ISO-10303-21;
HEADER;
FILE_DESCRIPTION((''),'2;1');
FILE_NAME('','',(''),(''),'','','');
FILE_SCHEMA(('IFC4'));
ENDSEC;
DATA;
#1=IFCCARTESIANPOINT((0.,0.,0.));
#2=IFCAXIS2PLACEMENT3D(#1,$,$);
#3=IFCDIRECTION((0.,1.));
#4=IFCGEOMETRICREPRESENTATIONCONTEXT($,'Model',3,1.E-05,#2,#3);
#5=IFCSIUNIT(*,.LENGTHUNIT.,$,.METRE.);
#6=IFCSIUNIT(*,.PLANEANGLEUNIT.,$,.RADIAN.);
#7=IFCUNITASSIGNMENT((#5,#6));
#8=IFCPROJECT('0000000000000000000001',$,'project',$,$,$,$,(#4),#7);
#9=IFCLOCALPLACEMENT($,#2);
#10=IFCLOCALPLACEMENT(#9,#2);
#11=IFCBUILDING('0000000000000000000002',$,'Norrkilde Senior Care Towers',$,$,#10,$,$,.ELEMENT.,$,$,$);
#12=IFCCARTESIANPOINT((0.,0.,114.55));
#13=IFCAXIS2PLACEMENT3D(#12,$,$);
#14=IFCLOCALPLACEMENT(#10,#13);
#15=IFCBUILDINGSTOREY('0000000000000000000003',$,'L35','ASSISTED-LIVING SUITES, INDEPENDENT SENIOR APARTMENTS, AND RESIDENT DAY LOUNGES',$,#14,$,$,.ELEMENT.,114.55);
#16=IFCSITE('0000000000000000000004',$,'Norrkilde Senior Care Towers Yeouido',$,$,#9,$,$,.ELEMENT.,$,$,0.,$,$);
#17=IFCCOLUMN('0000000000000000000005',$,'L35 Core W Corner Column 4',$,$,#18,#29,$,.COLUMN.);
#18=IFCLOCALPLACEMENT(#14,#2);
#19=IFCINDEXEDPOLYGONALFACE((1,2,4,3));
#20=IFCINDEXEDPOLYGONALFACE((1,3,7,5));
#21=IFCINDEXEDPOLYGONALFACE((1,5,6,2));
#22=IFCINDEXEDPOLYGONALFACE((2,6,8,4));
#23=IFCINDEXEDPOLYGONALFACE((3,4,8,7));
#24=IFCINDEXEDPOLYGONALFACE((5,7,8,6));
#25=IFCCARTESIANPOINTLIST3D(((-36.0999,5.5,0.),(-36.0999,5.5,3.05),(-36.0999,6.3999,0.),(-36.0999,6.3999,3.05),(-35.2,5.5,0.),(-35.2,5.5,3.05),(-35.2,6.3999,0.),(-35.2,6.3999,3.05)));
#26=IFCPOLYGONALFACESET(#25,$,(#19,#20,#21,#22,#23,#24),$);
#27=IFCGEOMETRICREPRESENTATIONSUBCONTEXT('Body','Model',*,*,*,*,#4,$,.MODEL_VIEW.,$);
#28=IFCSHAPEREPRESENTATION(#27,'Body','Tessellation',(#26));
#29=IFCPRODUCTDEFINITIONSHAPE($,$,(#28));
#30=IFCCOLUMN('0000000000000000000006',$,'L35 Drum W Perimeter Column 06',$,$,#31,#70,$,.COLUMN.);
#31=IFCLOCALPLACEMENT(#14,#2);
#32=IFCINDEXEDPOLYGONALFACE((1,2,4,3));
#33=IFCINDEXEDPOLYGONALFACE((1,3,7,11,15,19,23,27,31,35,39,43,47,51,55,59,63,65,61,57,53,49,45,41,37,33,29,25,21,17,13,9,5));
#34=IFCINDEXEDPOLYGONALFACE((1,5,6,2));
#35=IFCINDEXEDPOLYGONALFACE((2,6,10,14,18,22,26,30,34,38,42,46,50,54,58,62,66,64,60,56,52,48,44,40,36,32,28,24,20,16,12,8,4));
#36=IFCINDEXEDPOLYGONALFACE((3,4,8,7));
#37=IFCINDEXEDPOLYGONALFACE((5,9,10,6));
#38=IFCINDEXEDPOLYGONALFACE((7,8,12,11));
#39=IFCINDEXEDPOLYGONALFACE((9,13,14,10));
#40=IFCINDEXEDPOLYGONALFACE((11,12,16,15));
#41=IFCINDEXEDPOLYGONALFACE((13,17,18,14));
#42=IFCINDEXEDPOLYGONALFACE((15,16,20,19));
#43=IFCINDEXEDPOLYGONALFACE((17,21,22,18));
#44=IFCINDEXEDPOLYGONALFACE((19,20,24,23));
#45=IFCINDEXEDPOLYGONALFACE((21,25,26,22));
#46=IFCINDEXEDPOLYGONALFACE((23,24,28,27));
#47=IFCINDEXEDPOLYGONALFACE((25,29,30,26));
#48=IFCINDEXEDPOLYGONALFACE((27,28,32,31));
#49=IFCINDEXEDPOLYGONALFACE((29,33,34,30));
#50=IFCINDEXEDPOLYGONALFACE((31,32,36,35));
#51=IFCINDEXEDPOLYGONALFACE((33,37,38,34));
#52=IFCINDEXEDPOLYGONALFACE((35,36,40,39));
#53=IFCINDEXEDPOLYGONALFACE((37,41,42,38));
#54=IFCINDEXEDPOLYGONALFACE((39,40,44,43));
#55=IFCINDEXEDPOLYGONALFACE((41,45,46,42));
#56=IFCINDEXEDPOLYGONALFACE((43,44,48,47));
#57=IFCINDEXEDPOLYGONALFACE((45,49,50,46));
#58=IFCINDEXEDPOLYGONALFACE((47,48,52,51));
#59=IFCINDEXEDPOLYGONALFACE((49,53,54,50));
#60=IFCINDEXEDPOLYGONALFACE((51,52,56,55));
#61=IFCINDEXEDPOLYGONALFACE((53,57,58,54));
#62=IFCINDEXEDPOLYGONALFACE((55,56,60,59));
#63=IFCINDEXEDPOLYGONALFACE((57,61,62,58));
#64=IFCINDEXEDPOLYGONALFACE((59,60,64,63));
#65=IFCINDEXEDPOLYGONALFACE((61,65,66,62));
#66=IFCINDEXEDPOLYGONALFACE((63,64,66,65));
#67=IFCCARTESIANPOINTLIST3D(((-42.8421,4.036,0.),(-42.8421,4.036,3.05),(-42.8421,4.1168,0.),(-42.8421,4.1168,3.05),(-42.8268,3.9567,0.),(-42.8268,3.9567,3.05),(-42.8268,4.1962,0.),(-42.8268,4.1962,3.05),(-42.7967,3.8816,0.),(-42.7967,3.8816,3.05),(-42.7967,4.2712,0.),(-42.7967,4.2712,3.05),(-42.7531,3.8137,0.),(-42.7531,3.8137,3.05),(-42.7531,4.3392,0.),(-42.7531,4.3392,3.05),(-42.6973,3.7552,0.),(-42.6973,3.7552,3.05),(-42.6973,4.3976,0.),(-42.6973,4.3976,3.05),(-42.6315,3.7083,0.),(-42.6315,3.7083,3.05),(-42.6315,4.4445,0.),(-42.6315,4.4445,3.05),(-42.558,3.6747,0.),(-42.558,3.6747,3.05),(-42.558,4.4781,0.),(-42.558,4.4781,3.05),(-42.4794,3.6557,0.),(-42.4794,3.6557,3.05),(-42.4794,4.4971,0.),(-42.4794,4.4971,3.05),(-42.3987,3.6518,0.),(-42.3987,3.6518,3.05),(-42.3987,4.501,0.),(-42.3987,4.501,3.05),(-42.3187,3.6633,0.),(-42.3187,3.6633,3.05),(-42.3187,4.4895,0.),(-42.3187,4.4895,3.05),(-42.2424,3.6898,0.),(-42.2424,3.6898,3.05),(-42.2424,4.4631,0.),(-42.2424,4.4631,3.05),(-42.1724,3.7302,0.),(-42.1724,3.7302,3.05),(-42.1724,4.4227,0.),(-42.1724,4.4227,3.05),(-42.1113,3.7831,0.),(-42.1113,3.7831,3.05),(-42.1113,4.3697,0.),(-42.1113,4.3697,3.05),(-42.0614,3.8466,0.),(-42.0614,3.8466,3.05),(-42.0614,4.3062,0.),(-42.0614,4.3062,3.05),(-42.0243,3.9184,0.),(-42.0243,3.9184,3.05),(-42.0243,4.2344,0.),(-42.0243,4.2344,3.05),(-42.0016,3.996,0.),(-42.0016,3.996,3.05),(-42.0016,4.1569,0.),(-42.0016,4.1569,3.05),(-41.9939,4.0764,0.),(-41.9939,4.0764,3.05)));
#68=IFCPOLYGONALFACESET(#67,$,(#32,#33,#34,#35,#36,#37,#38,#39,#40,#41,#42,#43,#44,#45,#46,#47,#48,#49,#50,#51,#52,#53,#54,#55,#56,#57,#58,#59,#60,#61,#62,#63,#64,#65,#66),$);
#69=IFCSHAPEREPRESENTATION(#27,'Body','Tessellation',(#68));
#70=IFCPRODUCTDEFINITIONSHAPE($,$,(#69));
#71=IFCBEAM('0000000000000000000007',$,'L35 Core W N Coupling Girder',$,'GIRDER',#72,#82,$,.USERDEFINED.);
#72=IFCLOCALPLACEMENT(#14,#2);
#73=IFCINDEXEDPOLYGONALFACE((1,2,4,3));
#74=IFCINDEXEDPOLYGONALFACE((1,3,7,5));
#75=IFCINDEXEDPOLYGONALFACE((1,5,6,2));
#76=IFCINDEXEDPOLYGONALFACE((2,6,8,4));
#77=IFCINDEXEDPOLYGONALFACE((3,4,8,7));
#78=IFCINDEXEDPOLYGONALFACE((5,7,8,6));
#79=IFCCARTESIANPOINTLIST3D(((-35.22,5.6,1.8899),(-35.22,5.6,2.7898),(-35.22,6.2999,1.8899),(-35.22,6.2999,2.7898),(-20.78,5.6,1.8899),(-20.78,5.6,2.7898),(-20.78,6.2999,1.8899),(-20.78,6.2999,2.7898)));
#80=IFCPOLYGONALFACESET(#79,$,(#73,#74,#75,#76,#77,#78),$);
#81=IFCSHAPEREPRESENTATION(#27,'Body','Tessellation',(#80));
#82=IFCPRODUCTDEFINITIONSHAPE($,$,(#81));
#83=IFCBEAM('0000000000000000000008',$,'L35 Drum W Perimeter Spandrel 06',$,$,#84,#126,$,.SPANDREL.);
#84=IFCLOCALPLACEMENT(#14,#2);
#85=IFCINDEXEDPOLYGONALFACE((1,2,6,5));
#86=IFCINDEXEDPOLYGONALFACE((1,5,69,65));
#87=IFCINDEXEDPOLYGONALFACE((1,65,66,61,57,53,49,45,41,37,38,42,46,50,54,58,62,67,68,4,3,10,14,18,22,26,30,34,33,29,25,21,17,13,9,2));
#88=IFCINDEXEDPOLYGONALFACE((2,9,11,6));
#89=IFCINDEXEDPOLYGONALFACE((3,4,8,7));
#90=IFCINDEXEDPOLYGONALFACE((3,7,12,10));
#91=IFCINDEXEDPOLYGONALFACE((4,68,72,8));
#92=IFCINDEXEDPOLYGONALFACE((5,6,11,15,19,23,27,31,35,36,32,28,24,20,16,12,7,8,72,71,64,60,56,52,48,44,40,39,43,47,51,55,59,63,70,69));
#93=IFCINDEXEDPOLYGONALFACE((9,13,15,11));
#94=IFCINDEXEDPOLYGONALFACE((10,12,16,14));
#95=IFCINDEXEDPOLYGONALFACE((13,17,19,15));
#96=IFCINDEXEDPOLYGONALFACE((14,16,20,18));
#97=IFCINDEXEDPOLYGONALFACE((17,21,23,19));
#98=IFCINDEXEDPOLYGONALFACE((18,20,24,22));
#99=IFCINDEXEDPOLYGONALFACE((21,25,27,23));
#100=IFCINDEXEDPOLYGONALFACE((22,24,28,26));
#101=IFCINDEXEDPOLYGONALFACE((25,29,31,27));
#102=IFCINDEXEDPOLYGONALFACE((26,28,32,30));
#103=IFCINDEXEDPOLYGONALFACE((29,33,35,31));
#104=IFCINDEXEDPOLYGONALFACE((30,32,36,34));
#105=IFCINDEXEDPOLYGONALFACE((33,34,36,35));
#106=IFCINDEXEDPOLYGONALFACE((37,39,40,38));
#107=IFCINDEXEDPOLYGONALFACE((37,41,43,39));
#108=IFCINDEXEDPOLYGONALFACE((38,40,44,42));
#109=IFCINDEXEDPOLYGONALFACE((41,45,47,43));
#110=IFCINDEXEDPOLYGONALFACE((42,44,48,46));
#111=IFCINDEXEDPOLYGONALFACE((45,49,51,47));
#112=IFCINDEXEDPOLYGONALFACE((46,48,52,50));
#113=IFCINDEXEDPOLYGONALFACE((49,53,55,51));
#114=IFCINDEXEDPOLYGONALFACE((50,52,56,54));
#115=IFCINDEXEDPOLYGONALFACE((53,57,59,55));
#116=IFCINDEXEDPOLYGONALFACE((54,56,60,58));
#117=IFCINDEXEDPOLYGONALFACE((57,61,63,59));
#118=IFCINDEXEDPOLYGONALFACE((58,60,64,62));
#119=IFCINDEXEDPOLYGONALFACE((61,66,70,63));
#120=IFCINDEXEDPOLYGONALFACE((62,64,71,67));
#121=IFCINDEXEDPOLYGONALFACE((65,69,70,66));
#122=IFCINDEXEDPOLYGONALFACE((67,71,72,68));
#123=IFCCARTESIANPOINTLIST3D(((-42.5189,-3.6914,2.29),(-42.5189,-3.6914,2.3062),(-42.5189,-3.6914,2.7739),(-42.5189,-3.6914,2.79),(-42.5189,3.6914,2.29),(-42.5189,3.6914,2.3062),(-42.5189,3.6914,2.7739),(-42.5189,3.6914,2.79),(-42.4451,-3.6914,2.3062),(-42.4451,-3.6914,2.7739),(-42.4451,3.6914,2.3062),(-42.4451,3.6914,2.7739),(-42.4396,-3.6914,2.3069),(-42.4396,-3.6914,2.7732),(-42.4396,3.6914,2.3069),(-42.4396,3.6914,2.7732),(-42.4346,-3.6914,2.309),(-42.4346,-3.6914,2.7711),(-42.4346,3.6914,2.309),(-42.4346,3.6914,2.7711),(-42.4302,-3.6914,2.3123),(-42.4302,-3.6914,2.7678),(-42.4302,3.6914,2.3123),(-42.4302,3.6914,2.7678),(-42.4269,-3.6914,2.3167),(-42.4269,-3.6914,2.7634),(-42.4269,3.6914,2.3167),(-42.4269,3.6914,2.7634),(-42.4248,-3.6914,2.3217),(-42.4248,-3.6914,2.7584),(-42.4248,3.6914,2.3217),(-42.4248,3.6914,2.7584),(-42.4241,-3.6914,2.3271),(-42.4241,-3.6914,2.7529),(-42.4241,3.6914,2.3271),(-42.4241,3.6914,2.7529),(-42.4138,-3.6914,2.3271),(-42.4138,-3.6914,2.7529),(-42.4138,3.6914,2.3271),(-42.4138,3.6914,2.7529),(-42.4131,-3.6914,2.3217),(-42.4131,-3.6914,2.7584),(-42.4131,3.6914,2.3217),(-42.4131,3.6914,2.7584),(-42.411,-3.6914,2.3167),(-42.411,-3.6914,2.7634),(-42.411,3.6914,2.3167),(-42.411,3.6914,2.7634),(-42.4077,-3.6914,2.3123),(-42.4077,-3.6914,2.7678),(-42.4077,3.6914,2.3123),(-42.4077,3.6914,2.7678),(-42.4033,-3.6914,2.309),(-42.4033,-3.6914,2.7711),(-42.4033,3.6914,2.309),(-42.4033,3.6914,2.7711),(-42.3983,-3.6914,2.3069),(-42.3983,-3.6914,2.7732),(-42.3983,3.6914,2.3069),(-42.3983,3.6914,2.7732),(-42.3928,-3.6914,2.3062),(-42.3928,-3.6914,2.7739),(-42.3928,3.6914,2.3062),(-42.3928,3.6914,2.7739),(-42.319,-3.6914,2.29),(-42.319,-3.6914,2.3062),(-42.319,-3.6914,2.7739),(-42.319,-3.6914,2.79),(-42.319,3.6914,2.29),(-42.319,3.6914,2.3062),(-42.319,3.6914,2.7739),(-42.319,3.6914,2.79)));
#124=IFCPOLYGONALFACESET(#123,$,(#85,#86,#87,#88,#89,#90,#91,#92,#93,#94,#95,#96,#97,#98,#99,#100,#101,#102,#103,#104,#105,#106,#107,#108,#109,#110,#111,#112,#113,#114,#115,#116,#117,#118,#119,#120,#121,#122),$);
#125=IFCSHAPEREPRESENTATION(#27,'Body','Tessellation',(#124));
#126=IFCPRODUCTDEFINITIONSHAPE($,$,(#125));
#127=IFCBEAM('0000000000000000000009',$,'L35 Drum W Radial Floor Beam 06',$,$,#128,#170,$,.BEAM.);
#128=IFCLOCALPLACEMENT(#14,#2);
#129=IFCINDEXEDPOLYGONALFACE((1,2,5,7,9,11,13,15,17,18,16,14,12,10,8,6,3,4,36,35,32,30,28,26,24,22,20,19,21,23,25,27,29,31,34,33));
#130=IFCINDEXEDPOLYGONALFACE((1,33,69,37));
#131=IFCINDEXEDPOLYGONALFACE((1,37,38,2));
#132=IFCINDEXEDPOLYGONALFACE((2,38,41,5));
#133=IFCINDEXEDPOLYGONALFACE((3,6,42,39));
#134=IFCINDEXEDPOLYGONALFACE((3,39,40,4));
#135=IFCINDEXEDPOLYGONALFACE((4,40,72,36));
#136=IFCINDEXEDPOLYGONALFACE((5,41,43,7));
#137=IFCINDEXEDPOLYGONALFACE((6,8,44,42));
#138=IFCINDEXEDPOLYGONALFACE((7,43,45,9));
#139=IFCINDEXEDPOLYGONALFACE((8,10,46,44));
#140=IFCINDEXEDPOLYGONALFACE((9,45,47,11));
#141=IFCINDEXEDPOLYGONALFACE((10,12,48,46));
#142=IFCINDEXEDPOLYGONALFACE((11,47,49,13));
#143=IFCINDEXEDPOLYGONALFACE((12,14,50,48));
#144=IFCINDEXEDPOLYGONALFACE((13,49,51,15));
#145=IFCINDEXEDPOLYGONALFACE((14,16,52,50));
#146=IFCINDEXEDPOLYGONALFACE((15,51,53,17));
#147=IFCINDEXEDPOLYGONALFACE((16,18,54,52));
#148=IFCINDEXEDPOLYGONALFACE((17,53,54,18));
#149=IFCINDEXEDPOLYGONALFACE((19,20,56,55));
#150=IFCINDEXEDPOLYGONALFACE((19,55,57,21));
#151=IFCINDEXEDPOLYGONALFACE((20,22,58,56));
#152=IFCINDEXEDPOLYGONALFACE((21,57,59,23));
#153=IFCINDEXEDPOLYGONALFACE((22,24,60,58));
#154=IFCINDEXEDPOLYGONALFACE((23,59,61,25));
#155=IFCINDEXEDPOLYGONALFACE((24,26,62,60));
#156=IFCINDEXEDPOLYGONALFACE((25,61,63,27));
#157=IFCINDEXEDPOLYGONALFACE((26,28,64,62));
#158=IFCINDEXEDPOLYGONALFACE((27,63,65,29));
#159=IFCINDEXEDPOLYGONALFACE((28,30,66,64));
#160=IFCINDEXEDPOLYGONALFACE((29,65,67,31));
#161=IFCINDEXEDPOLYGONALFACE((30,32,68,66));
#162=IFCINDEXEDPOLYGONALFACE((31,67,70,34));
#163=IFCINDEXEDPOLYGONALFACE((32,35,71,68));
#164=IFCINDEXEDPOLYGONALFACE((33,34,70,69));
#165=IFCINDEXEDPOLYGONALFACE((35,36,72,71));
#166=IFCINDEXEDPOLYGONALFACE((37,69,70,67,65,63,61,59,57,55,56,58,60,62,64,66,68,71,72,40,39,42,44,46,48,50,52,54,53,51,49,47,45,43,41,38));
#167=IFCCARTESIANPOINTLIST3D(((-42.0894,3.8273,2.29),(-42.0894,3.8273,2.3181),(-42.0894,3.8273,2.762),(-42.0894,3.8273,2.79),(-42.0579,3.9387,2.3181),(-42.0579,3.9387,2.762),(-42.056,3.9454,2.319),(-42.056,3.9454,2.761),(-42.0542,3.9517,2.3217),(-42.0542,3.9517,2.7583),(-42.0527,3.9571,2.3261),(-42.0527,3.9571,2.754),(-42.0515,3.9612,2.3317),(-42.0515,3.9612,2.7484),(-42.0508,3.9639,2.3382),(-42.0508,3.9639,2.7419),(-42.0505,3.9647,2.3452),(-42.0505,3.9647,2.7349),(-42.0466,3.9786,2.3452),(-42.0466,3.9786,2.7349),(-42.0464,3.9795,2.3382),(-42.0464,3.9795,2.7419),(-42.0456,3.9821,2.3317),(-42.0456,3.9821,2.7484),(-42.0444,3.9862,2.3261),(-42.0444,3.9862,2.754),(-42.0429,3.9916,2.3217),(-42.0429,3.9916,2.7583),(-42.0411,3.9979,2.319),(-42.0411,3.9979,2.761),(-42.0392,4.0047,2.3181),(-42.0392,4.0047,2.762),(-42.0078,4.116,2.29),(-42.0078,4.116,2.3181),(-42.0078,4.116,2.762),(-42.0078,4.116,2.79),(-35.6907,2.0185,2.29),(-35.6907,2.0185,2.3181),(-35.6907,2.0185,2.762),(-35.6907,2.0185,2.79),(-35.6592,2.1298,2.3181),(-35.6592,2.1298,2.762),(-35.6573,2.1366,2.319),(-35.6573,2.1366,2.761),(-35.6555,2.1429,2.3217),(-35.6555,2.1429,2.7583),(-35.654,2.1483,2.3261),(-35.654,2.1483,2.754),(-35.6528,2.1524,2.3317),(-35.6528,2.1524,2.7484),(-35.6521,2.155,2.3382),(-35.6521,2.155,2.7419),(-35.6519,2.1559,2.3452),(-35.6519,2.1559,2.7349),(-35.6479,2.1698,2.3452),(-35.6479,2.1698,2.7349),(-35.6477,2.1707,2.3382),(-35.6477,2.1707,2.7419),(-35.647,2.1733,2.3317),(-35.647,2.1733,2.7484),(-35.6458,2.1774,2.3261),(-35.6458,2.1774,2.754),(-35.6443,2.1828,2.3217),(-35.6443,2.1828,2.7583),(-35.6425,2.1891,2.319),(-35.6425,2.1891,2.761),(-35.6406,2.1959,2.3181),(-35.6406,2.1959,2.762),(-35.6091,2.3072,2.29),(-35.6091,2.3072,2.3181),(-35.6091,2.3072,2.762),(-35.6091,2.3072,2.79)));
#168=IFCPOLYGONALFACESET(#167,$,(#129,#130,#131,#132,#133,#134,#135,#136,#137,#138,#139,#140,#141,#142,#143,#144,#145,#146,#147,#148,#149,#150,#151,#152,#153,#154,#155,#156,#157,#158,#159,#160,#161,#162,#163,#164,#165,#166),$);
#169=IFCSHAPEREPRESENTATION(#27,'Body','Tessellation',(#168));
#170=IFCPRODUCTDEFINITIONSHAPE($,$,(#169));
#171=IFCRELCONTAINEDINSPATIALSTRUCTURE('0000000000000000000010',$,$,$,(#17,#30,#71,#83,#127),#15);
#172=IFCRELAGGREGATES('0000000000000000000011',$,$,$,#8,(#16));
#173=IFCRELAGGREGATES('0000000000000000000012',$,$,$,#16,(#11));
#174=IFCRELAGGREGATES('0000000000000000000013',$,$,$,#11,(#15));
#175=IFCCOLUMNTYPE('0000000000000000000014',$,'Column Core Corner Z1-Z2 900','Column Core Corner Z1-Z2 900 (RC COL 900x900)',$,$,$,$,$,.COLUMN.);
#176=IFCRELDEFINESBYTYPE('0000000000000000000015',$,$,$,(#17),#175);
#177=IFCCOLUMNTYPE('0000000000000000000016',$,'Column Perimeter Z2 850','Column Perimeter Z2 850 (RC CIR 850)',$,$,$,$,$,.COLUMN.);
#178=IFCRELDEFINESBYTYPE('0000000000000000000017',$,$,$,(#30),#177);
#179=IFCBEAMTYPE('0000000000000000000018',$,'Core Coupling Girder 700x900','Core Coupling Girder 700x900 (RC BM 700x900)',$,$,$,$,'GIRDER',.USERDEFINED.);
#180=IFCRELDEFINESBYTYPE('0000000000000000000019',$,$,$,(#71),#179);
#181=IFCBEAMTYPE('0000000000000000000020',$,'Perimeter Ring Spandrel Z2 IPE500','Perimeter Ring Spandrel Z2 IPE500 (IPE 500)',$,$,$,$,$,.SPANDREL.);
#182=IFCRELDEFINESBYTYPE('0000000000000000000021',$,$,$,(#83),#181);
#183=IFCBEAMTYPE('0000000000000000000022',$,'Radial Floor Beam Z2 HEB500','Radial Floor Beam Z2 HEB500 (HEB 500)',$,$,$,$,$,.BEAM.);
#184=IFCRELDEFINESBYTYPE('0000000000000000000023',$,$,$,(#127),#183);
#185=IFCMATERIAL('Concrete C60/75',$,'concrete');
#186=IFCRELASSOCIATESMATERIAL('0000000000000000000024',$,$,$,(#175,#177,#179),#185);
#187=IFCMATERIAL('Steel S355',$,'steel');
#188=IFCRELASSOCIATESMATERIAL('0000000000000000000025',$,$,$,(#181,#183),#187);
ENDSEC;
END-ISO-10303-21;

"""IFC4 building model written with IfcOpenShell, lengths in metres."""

from ifc_helpers import new_model, si_unit, direction, frame, origin, origin_2d, place, context, subcontext, project, spatial, rectangle, circle, i_section, extrude, source, transform, mapped, material, material_profile, profile_set, type_object, type_shapes, element, save


model = new_model("IFC4")

# Units and contexts
model_context = context("Model", 3, precision=1e-05, world=origin(), true_north=direction((0.0, 1.0)))
body_context = subcontext(model_context, "Body", "Model", "MODEL_VIEW")
ifc_project = project(units=[si_unit("LENGTHUNIT", "METRE"), si_unit("PLANEANGLEUNIT", "RADIAN")], contexts=[model_context])

# Site, building, storey
site_placement = place(None, origin())
site = spatial("IfcSite", under=ifc_project, at=site_placement, Name="Norrkilde Senior Care Towers Yeouido", CompositionType="ELEMENT", RefElevation=0.0)
building_placement = place(site_placement, origin())
building = spatial("IfcBuilding", under=site, at=building_placement, Name="Norrkilde Senior Care Towers", CompositionType="ELEMENT")
storey_placement = place(building_placement, frame((0.0, 0.0, 114.55)))
storey = spatial("IfcBuildingStorey", under=building, at=storey_placement, Name="L35", Description="ASSISTED-LIVING SUITES, INDEPENDENT SENIOR APARTMENTS, AND RESIDENT DAY LOUNGES", CompositionType="ELEMENT", Elevation=114.55)

# Columns
ifc_material_1 = material(Name="Concrete C60/75", Category="concrete")
ifc_material_profile_1 = material_profile(ifc_material_1, rectangle(XDim=0.8999, YDim=0.8999, at=origin_2d()), Name="RC COL 900x900")
ifc_profile_set_1 = profile_set([ifc_material_profile_1], Name="Concrete C60/75")
column_type_1 = type_object("IfcColumnType", Name="Column Core Corner Z1-Z2 900", Description="Column Core Corner Z1-Z2 900 (RC COL 900x900)", PredefinedType="COLUMN", material=ifc_profile_set_1)
shared_shape_1 = source(origin(), body_context, "Body", "SweptSolid", [
    extrude(rectangle(XDim=0.8999, YDim=0.8999, at=origin_2d()), origin(), (0.0, 0.0, 1.0), 3.05),
])
type_shapes(column_type_1, [shared_shape_1])
column_1_placement = place(storey_placement, frame((-35.6499, 5.95, 0.0), z_axis=(0.0, 0.0, 1.0), x_axis=(1.0, 0.0, 0.0)))
element("IfcColumn", 1, at=column_1_placement, inside=storey, type_object=column_type_1, Name="L35 Core W Corner Column 4", PredefinedType="COLUMN", context=body_context, shape_type="MappedRepresentation", body=[
    mapped(shared_shape_1, transform((0.0, 0.0, 0.0), x_axis=(1.0, 0.0, 0.0), y_axis=(0.0, 1.0, 0.0), z_axis=(0.0, 0.0, 1.0), scale=1.0)),
])
ifc_material_profile_2 = material_profile(ifc_material_1, circle(Radius=0.425, at=origin_2d()), Name="RC CIR 850")
ifc_profile_set_2 = profile_set([ifc_material_profile_2], Name="Concrete C60/75")
column_type_2 = type_object("IfcColumnType", Name="Column Perimeter Z2 850", Description="Column Perimeter Z2 850 (RC CIR 850)", PredefinedType="COLUMN", material=ifc_profile_set_2)
shared_shape_2 = source(origin(), body_context, "Body", "SweptSolid", [
    extrude(circle(Radius=0.425, at=origin_2d()), origin(), (0.0, 0.0, 1.0), 3.05),
])
type_shapes(column_type_2, [shared_shape_2])
column_2_placement = place(storey_placement, frame((-42.4189, 4.0764, 0.0), z_axis=(0.0, 0.0, 1.0), x_axis=(1.0, 0.0, 0.0)))
element("IfcColumn", 2, at=column_2_placement, inside=storey, type_object=column_type_2, Name="L35 Drum W Perimeter Column 06", PredefinedType="COLUMN", context=body_context, shape_type="MappedRepresentation", body=[
    mapped(shared_shape_2, transform((0.0, 0.0, 0.0), x_axis=(1.0, 0.0, 0.0), y_axis=(0.0, 1.0, 0.0), z_axis=(0.0, 0.0, 1.0), scale=1.0)),
])

# Beams
ifc_material_profile_3 = material_profile(ifc_material_1, rectangle(XDim=0.7, YDim=0.8999, at=origin_2d()), Name="RC BM 700x900")
ifc_profile_set_3 = profile_set([ifc_material_profile_3], Name="Concrete C60/75")
beam_type_1 = type_object("IfcBeamType", Name="Core Coupling Girder 700x900", Description="Core Coupling Girder 700x900 (RC BM 700x900)", ElementType="GIRDER", PredefinedType="USERDEFINED", material=ifc_profile_set_3)
shared_shape_3 = source(origin(), body_context, "Body", "SweptSolid", [
    extrude(rectangle(XDim=0.7, YDim=0.8999, at=origin_2d()), origin(), (0.0, 0.0, 1.0), 14.4399),
])
type_shapes(beam_type_1, [shared_shape_3])
beam_1_placement = place(storey_placement, frame((-35.22, 5.95, 2.3398), z_axis=(1.0, 0.0, 0.0), x_axis=(0.0, 1.0, 0.0)))
element("IfcBeam", 3, at=beam_1_placement, inside=storey, type_object=beam_type_1, Name="L35 Core W N Coupling Girder", ObjectType="GIRDER", PredefinedType="USERDEFINED", context=body_context, shape_type="MappedRepresentation", body=[
    mapped(shared_shape_3, transform((0.0, 0.0, 0.0), x_axis=(1.0, 0.0, 0.0), y_axis=(0.0, 1.0, 0.0), z_axis=(0.0, 0.0, 1.0), scale=1.0)),
])
ifc_material_2 = material(Name="Steel S355", Category="steel")
ifc_material_profile_4 = material_profile(ifc_material_2, i_section(OverallWidth=0.2, OverallDepth=0.5, WebThickness=0.0103, FlangeThickness=0.0161, FilletRadius=0.021, at=origin_2d()), Name="IPE 500")
ifc_profile_set_4 = profile_set([ifc_material_profile_4], Name="Steel S355")
beam_type_2 = type_object("IfcBeamType", Name="Perimeter Ring Spandrel Z2 IPE500", Description="Perimeter Ring Spandrel Z2 IPE500 (IPE 500)", PredefinedType="SPANDREL", material=ifc_profile_set_4)
shared_shape_4 = source(origin(), body_context, "Body", "SweptSolid", [
    extrude(i_section(OverallWidth=0.2, OverallDepth=0.5, WebThickness=0.0103, FlangeThickness=0.0161, FilletRadius=0.021, at=origin_2d()), origin(), (0.0, 0.0, 1.0), 7.3828),
])
type_shapes(beam_type_2, [shared_shape_4])
beam_2_placement = place(storey_placement, frame((-42.4189, 3.6914, 2.54), z_axis=(0.0, -1.0, 0.0), x_axis=(1.0, 0.0, 0.0)))
element("IfcBeam", 4, at=beam_2_placement, inside=storey, type_object=beam_type_2, Name="L35 Drum W Perimeter Spandrel 06", PredefinedType="SPANDREL", context=body_context, shape_type="MappedRepresentation", body=[
    mapped(shared_shape_4, transform((0.0, 0.0, 0.0), x_axis=(1.0, 0.0, 0.0), y_axis=(0.0, 1.0, 0.0), z_axis=(0.0, 0.0, 1.0), scale=1.0)),
])
ifc_material_profile_5 = material_profile(ifc_material_2, i_section(OverallWidth=0.3, OverallDepth=0.5, WebThickness=0.0144, FlangeThickness=0.0281, FilletRadius=0.0271, at=origin_2d()), Name="HEB 500")
ifc_profile_set_5 = profile_set([ifc_material_profile_5], Name="Steel S355")
beam_type_3 = type_object("IfcBeamType", Name="Radial Floor Beam Z2 HEB500", Description="Radial Floor Beam Z2 HEB500 (HEB 500)", PredefinedType="BEAM", material=ifc_profile_set_5)
shared_shape_5 = source(origin(), body_context, "Body", "SweptSolid", [
    extrude(i_section(OverallWidth=0.3, OverallDepth=0.5, WebThickness=0.0144, FlangeThickness=0.0281, FilletRadius=0.0271, at=origin_2d()), origin(), (0.0, 0.0, 1.0), 6.6494),
])
type_shapes(beam_type_3, [shared_shape_5])
beam_3_placement = place(storey_placement, frame((-35.6499, 2.1628, 2.54), z_axis=(-0.962289, 0.272029, 0.0), x_axis=(-0.272029, -0.962289, 0.0)))
element("IfcBeam", 5, at=beam_3_placement, inside=storey, type_object=beam_type_3, Name="L35 Drum W Radial Floor Beam 06", PredefinedType="BEAM", context=body_context, shape_type="MappedRepresentation", body=[
    mapped(shared_shape_5, transform((0.0, 0.0, 0.0), x_axis=(1.0, 0.0, 0.0), y_axis=(0.0, 1.0, 0.0), z_axis=(0.0, 0.0, 1.0), scale=1.0)),
])

save(model, "model.ifc")
